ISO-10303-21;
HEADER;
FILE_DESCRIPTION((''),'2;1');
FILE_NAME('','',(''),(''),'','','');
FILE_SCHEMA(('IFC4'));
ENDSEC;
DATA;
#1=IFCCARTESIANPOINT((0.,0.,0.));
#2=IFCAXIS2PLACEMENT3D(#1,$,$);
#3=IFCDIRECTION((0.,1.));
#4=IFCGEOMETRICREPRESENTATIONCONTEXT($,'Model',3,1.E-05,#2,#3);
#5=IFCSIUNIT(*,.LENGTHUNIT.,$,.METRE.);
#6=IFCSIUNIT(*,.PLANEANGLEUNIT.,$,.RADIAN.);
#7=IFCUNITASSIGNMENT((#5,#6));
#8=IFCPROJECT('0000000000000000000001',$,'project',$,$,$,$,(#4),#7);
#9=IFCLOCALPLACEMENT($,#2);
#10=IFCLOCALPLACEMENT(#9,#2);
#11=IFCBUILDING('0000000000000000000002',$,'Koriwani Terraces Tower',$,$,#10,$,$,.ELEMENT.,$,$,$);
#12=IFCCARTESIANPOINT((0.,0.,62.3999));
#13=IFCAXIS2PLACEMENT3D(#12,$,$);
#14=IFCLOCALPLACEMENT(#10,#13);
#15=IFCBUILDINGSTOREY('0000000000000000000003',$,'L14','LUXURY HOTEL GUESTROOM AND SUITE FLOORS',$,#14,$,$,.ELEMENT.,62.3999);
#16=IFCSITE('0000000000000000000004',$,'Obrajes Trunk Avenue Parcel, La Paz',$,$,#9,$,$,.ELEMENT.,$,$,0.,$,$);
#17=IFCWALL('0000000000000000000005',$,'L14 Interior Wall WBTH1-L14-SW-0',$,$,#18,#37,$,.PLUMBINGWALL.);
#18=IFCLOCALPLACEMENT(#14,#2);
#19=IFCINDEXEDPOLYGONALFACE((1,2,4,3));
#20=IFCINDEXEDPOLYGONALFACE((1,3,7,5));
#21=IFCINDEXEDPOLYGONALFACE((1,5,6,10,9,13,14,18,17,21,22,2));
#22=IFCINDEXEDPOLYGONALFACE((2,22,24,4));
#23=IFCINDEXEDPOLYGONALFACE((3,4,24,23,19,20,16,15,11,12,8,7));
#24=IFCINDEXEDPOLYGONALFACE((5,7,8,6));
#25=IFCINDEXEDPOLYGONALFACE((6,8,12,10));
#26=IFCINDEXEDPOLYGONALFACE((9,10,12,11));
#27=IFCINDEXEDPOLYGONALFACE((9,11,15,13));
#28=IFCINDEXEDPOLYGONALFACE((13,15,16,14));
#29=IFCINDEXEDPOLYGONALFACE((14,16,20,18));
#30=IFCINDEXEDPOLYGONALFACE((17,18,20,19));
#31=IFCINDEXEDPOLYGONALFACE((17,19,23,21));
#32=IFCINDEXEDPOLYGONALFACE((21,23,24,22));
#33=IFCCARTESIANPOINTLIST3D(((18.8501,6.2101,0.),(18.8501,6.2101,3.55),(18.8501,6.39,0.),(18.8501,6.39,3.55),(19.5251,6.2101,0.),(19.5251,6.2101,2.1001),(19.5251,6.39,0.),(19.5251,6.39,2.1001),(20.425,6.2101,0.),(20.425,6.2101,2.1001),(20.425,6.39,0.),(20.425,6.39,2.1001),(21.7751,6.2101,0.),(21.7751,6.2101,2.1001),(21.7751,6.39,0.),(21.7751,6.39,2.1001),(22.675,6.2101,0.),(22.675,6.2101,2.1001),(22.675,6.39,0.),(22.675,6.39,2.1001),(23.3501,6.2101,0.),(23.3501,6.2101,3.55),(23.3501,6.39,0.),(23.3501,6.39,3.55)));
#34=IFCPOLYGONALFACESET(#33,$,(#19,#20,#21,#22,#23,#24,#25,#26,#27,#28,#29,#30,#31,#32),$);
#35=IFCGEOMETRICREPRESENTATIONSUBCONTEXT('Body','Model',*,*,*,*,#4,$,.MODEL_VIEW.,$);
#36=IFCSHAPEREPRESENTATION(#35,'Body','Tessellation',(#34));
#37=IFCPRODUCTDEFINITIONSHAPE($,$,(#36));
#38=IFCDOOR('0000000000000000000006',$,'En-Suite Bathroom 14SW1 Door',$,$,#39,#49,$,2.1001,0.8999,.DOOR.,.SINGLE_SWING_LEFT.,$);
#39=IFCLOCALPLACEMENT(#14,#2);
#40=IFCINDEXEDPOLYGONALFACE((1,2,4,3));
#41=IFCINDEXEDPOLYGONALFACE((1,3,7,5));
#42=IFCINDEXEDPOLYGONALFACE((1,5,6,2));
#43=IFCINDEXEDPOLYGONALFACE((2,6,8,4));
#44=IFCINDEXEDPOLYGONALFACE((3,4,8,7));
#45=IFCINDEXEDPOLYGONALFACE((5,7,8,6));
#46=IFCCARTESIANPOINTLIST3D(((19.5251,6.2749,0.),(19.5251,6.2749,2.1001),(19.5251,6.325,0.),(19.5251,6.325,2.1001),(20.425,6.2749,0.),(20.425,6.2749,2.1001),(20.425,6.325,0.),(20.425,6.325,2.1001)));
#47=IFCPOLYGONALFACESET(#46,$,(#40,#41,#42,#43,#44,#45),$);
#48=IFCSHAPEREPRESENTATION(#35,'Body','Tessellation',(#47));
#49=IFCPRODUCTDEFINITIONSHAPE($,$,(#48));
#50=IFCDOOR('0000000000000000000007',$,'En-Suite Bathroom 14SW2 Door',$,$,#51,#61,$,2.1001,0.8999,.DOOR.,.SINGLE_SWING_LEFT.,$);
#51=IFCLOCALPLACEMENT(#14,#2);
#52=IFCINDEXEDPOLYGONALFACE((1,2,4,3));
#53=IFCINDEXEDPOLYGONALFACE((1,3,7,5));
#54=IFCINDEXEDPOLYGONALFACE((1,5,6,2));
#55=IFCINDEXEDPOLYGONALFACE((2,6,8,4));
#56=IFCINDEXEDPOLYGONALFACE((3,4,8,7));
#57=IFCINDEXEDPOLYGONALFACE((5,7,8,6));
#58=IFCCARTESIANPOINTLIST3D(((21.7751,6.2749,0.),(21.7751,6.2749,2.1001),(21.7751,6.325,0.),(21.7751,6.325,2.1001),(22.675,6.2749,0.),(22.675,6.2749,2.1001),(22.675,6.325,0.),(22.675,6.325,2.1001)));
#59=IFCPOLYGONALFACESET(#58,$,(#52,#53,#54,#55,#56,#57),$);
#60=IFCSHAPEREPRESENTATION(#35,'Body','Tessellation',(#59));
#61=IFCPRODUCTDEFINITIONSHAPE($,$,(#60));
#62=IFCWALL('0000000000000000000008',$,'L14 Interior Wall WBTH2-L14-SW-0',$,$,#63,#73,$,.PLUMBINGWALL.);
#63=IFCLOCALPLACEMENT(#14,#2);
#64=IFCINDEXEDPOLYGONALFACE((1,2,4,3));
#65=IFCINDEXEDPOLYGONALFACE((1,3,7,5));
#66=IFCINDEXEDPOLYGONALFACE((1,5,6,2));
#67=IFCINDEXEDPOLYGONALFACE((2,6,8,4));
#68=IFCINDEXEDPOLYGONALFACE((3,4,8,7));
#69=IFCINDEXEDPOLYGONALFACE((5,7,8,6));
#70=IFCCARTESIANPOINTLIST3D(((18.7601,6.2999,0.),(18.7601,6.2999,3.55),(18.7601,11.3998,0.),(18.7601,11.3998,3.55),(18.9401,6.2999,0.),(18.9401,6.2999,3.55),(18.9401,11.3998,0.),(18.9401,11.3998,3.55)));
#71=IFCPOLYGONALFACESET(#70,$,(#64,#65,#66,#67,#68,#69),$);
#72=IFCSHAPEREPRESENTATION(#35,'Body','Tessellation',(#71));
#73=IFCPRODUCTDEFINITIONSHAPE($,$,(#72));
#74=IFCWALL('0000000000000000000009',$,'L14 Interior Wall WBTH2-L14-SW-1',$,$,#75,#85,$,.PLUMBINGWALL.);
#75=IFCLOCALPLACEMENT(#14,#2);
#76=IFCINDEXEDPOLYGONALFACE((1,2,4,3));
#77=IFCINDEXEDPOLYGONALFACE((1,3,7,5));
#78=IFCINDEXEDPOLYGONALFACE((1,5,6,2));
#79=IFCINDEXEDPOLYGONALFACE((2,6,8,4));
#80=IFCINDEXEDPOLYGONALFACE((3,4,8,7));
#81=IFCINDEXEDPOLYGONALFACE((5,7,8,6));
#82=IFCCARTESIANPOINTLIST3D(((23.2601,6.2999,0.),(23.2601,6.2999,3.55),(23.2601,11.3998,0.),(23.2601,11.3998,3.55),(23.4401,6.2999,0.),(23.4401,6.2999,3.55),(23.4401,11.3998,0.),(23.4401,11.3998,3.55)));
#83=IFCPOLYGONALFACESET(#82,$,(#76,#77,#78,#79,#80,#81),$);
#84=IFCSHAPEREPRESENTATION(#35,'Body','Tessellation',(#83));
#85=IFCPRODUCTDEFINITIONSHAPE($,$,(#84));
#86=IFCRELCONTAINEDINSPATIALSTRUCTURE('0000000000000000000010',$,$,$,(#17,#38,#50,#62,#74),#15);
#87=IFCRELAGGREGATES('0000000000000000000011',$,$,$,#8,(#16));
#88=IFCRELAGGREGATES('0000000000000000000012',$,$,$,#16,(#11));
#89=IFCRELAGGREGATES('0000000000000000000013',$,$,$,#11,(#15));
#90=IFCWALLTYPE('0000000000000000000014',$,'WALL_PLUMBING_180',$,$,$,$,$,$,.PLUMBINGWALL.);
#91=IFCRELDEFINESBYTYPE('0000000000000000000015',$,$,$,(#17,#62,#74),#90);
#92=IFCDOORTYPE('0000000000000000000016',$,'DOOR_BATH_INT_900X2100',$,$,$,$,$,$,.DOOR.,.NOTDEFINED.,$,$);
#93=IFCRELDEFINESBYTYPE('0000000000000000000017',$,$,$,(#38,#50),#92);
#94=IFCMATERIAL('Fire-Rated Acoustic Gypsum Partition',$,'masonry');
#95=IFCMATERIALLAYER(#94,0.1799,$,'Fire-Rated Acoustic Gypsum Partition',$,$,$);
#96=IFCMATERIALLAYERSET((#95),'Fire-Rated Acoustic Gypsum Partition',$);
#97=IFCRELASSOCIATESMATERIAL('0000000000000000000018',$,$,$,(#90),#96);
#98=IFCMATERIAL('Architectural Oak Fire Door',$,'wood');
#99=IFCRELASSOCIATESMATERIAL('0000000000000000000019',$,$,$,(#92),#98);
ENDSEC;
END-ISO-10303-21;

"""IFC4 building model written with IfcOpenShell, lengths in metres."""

from ifc_helpers import new_model, si_unit, direction, frame, frame_2d, origin, place, context, subcontext, project, spatial, rectangle, extrude, material, layer, layer_set, type_object, element, fill, save


model = new_model("IFC4")

# Units and contexts
model_context = context("Model", 3, precision=1e-05, world=origin(), true_north=direction((0.0, 1.0)))
body_context = subcontext(model_context, "Body", "Model", "MODEL_VIEW")
ifc_project = project(units=[si_unit("LENGTHUNIT", "METRE"), si_unit("PLANEANGLEUNIT", "RADIAN")], contexts=[model_context])

# Site, building, storey
site_placement = place(None, origin())
site = spatial("IfcSite", under=ifc_project, at=site_placement, Name="Obrajes Trunk Avenue Parcel, La Paz", CompositionType="ELEMENT", RefElevation=0.0)
building_placement = place(site_placement, origin())
building = spatial("IfcBuilding", under=site, at=building_placement, Name="Koriwani Terraces Tower", CompositionType="ELEMENT")
storey_placement = place(building_placement, frame((0.0, 0.0, 62.3999)))
storey = spatial("IfcBuildingStorey", under=building, at=storey_placement, Name="L14", Description="LUXURY HOTEL GUESTROOM AND SUITE FLOORS", CompositionType="ELEMENT", Elevation=62.3999)

# Wall, openings, doors
ifc_material_1 = material(Name="Fire-Rated Acoustic Gypsum Partition", Category="masonry")
ifc_layer_1 = layer(ifc_material_1, 0.1799, Name="Fire-Rated Acoustic Gypsum Partition")
ifc_layer_set_1 = layer_set([ifc_layer_1], Name="Fire-Rated Acoustic Gypsum Partition")
wall_type_1 = type_object("IfcWallType", Name="WALL_PLUMBING_180", PredefinedType="PLUMBINGWALL", material=ifc_layer_set_1)
wall_1_placement = place(storey_placement, frame((18.8501, 6.3, 0.0), z_axis=(0.0, 0.0, 1.0), x_axis=(1.0, 0.0, 0.0)))
wall_1 = element("IfcWall", 1, at=wall_1_placement, inside=storey, type_object=wall_type_1, Name="L14 Interior Wall WBTH1-L14-SW-0", PredefinedType="PLUMBINGWALL", context=body_context, shape_type="SweptSolid", body=[
    extrude(rectangle(XDim=4.5, YDim=0.1799, at=frame_2d((2.25, 0.0))), origin(), (0.0, 0.0, 1.0), 3.55),
])
opening_1_placement = place(wall_1_placement, frame((0.675, 0.0, 0.0)))
opening_1 = element("IfcOpeningElement", 2, at=opening_1_placement, cuts=wall_1, PredefinedType="OPENING", context=body_context, shape_type="SweptSolid", body=[
    extrude(rectangle(XDim=0.8999, YDim=2.1001, at=frame_2d((0.45, 1.05))), frame((0.0, 0.1001, 0.0), z_axis=(0.0, -1.0, 0.0), x_axis=(1.0, 0.0, 0.0)), (0.0, 0.0, 1.0), 0.2),
])
opening_2_placement = place(wall_1_placement, frame((2.925, 0.0, 0.0)))
opening_2 = element("IfcOpeningElement", 3, at=opening_2_placement, cuts=wall_1, PredefinedType="OPENING", context=body_context, shape_type="SweptSolid", body=[
    extrude(rectangle(XDim=0.8999, YDim=2.1001, at=frame_2d((0.45, 1.05))), frame((0.0, 0.1001, 0.0), z_axis=(0.0, -1.0, 0.0), x_axis=(1.0, 0.0, 0.0)), (0.0, 0.0, 1.0), 0.2),
])
ifc_material_2 = material(Name="Architectural Oak Fire Door", Category="wood")
door_type_1 = type_object("IfcDoorType", Name="DOOR_BATH_INT_900X2100", OperationType="NOTDEFINED", PredefinedType="DOOR", material=ifc_material_2)
door_1_placement = place(opening_1_placement, origin())
door_1 = element("IfcDoor", 4, at=door_1_placement, inside=storey, type_object=door_type_1, Name="En-Suite Bathroom 14SW1 Door", OperationType="SINGLE_SWING_LEFT", OverallHeight=2.1001, OverallWidth=0.8999, PredefinedType="DOOR", context=body_context, shape_type="SweptSolid", body=[
    extrude(rectangle(XDim=0.8999, YDim=2.1001, at=frame_2d((0.45, 1.05))), frame((0.0, 0.0249, 0.0), z_axis=(0.0, -1.0, 0.0), x_axis=(1.0, 0.0, 0.0)), (0.0, 0.0, 1.0), 0.05),
])
fill(opening_1, door_1)
door_2_placement = place(opening_2_placement, origin())
door_2 = element("IfcDoor", 5, at=door_2_placement, inside=storey, type_object=door_type_1, Name="En-Suite Bathroom 14SW2 Door", OperationType="SINGLE_SWING_LEFT", OverallHeight=2.1001, OverallWidth=0.8999, PredefinedType="DOOR", context=body_context, shape_type="SweptSolid", body=[
    extrude(rectangle(XDim=0.8999, YDim=2.1001, at=frame_2d((0.45, 1.05))), frame((0.0, 0.0249, 0.0), z_axis=(0.0, -1.0, 0.0), x_axis=(1.0, 0.0, 0.0)), (0.0, 0.0, 1.0), 0.05),
])
fill(opening_2, door_2)

# Walls
for number, where, z_axis, x_axis, name in (
    (6, (18.8501, 6.3, 0.0), (0.0, 0.0, 1.0), (0.0, 1.0, 0.0), "L14 Interior Wall WBTH2-L14-SW-0"),
    (7, (23.3501, 6.3, 0.0), (0.0, 0.0, 1.0), (0.0, 1.0, 0.0), "L14 Interior Wall WBTH2-L14-SW-1"),
):
    element("IfcWall", number, at=place(storey_placement, frame(where, z_axis=z_axis, x_axis=x_axis)), inside=storey, type_object=wall_type_1, Name=name, PredefinedType="PLUMBINGWALL", context=body_context, shape_type="SweptSolid", body=[
        extrude(rectangle(XDim=5.0999, YDim=0.1799, at=frame_2d((2.5498, 0.0))), origin(), (0.0, 0.0, 1.0), 3.55),
    ])

save(model, "model.ifc")
